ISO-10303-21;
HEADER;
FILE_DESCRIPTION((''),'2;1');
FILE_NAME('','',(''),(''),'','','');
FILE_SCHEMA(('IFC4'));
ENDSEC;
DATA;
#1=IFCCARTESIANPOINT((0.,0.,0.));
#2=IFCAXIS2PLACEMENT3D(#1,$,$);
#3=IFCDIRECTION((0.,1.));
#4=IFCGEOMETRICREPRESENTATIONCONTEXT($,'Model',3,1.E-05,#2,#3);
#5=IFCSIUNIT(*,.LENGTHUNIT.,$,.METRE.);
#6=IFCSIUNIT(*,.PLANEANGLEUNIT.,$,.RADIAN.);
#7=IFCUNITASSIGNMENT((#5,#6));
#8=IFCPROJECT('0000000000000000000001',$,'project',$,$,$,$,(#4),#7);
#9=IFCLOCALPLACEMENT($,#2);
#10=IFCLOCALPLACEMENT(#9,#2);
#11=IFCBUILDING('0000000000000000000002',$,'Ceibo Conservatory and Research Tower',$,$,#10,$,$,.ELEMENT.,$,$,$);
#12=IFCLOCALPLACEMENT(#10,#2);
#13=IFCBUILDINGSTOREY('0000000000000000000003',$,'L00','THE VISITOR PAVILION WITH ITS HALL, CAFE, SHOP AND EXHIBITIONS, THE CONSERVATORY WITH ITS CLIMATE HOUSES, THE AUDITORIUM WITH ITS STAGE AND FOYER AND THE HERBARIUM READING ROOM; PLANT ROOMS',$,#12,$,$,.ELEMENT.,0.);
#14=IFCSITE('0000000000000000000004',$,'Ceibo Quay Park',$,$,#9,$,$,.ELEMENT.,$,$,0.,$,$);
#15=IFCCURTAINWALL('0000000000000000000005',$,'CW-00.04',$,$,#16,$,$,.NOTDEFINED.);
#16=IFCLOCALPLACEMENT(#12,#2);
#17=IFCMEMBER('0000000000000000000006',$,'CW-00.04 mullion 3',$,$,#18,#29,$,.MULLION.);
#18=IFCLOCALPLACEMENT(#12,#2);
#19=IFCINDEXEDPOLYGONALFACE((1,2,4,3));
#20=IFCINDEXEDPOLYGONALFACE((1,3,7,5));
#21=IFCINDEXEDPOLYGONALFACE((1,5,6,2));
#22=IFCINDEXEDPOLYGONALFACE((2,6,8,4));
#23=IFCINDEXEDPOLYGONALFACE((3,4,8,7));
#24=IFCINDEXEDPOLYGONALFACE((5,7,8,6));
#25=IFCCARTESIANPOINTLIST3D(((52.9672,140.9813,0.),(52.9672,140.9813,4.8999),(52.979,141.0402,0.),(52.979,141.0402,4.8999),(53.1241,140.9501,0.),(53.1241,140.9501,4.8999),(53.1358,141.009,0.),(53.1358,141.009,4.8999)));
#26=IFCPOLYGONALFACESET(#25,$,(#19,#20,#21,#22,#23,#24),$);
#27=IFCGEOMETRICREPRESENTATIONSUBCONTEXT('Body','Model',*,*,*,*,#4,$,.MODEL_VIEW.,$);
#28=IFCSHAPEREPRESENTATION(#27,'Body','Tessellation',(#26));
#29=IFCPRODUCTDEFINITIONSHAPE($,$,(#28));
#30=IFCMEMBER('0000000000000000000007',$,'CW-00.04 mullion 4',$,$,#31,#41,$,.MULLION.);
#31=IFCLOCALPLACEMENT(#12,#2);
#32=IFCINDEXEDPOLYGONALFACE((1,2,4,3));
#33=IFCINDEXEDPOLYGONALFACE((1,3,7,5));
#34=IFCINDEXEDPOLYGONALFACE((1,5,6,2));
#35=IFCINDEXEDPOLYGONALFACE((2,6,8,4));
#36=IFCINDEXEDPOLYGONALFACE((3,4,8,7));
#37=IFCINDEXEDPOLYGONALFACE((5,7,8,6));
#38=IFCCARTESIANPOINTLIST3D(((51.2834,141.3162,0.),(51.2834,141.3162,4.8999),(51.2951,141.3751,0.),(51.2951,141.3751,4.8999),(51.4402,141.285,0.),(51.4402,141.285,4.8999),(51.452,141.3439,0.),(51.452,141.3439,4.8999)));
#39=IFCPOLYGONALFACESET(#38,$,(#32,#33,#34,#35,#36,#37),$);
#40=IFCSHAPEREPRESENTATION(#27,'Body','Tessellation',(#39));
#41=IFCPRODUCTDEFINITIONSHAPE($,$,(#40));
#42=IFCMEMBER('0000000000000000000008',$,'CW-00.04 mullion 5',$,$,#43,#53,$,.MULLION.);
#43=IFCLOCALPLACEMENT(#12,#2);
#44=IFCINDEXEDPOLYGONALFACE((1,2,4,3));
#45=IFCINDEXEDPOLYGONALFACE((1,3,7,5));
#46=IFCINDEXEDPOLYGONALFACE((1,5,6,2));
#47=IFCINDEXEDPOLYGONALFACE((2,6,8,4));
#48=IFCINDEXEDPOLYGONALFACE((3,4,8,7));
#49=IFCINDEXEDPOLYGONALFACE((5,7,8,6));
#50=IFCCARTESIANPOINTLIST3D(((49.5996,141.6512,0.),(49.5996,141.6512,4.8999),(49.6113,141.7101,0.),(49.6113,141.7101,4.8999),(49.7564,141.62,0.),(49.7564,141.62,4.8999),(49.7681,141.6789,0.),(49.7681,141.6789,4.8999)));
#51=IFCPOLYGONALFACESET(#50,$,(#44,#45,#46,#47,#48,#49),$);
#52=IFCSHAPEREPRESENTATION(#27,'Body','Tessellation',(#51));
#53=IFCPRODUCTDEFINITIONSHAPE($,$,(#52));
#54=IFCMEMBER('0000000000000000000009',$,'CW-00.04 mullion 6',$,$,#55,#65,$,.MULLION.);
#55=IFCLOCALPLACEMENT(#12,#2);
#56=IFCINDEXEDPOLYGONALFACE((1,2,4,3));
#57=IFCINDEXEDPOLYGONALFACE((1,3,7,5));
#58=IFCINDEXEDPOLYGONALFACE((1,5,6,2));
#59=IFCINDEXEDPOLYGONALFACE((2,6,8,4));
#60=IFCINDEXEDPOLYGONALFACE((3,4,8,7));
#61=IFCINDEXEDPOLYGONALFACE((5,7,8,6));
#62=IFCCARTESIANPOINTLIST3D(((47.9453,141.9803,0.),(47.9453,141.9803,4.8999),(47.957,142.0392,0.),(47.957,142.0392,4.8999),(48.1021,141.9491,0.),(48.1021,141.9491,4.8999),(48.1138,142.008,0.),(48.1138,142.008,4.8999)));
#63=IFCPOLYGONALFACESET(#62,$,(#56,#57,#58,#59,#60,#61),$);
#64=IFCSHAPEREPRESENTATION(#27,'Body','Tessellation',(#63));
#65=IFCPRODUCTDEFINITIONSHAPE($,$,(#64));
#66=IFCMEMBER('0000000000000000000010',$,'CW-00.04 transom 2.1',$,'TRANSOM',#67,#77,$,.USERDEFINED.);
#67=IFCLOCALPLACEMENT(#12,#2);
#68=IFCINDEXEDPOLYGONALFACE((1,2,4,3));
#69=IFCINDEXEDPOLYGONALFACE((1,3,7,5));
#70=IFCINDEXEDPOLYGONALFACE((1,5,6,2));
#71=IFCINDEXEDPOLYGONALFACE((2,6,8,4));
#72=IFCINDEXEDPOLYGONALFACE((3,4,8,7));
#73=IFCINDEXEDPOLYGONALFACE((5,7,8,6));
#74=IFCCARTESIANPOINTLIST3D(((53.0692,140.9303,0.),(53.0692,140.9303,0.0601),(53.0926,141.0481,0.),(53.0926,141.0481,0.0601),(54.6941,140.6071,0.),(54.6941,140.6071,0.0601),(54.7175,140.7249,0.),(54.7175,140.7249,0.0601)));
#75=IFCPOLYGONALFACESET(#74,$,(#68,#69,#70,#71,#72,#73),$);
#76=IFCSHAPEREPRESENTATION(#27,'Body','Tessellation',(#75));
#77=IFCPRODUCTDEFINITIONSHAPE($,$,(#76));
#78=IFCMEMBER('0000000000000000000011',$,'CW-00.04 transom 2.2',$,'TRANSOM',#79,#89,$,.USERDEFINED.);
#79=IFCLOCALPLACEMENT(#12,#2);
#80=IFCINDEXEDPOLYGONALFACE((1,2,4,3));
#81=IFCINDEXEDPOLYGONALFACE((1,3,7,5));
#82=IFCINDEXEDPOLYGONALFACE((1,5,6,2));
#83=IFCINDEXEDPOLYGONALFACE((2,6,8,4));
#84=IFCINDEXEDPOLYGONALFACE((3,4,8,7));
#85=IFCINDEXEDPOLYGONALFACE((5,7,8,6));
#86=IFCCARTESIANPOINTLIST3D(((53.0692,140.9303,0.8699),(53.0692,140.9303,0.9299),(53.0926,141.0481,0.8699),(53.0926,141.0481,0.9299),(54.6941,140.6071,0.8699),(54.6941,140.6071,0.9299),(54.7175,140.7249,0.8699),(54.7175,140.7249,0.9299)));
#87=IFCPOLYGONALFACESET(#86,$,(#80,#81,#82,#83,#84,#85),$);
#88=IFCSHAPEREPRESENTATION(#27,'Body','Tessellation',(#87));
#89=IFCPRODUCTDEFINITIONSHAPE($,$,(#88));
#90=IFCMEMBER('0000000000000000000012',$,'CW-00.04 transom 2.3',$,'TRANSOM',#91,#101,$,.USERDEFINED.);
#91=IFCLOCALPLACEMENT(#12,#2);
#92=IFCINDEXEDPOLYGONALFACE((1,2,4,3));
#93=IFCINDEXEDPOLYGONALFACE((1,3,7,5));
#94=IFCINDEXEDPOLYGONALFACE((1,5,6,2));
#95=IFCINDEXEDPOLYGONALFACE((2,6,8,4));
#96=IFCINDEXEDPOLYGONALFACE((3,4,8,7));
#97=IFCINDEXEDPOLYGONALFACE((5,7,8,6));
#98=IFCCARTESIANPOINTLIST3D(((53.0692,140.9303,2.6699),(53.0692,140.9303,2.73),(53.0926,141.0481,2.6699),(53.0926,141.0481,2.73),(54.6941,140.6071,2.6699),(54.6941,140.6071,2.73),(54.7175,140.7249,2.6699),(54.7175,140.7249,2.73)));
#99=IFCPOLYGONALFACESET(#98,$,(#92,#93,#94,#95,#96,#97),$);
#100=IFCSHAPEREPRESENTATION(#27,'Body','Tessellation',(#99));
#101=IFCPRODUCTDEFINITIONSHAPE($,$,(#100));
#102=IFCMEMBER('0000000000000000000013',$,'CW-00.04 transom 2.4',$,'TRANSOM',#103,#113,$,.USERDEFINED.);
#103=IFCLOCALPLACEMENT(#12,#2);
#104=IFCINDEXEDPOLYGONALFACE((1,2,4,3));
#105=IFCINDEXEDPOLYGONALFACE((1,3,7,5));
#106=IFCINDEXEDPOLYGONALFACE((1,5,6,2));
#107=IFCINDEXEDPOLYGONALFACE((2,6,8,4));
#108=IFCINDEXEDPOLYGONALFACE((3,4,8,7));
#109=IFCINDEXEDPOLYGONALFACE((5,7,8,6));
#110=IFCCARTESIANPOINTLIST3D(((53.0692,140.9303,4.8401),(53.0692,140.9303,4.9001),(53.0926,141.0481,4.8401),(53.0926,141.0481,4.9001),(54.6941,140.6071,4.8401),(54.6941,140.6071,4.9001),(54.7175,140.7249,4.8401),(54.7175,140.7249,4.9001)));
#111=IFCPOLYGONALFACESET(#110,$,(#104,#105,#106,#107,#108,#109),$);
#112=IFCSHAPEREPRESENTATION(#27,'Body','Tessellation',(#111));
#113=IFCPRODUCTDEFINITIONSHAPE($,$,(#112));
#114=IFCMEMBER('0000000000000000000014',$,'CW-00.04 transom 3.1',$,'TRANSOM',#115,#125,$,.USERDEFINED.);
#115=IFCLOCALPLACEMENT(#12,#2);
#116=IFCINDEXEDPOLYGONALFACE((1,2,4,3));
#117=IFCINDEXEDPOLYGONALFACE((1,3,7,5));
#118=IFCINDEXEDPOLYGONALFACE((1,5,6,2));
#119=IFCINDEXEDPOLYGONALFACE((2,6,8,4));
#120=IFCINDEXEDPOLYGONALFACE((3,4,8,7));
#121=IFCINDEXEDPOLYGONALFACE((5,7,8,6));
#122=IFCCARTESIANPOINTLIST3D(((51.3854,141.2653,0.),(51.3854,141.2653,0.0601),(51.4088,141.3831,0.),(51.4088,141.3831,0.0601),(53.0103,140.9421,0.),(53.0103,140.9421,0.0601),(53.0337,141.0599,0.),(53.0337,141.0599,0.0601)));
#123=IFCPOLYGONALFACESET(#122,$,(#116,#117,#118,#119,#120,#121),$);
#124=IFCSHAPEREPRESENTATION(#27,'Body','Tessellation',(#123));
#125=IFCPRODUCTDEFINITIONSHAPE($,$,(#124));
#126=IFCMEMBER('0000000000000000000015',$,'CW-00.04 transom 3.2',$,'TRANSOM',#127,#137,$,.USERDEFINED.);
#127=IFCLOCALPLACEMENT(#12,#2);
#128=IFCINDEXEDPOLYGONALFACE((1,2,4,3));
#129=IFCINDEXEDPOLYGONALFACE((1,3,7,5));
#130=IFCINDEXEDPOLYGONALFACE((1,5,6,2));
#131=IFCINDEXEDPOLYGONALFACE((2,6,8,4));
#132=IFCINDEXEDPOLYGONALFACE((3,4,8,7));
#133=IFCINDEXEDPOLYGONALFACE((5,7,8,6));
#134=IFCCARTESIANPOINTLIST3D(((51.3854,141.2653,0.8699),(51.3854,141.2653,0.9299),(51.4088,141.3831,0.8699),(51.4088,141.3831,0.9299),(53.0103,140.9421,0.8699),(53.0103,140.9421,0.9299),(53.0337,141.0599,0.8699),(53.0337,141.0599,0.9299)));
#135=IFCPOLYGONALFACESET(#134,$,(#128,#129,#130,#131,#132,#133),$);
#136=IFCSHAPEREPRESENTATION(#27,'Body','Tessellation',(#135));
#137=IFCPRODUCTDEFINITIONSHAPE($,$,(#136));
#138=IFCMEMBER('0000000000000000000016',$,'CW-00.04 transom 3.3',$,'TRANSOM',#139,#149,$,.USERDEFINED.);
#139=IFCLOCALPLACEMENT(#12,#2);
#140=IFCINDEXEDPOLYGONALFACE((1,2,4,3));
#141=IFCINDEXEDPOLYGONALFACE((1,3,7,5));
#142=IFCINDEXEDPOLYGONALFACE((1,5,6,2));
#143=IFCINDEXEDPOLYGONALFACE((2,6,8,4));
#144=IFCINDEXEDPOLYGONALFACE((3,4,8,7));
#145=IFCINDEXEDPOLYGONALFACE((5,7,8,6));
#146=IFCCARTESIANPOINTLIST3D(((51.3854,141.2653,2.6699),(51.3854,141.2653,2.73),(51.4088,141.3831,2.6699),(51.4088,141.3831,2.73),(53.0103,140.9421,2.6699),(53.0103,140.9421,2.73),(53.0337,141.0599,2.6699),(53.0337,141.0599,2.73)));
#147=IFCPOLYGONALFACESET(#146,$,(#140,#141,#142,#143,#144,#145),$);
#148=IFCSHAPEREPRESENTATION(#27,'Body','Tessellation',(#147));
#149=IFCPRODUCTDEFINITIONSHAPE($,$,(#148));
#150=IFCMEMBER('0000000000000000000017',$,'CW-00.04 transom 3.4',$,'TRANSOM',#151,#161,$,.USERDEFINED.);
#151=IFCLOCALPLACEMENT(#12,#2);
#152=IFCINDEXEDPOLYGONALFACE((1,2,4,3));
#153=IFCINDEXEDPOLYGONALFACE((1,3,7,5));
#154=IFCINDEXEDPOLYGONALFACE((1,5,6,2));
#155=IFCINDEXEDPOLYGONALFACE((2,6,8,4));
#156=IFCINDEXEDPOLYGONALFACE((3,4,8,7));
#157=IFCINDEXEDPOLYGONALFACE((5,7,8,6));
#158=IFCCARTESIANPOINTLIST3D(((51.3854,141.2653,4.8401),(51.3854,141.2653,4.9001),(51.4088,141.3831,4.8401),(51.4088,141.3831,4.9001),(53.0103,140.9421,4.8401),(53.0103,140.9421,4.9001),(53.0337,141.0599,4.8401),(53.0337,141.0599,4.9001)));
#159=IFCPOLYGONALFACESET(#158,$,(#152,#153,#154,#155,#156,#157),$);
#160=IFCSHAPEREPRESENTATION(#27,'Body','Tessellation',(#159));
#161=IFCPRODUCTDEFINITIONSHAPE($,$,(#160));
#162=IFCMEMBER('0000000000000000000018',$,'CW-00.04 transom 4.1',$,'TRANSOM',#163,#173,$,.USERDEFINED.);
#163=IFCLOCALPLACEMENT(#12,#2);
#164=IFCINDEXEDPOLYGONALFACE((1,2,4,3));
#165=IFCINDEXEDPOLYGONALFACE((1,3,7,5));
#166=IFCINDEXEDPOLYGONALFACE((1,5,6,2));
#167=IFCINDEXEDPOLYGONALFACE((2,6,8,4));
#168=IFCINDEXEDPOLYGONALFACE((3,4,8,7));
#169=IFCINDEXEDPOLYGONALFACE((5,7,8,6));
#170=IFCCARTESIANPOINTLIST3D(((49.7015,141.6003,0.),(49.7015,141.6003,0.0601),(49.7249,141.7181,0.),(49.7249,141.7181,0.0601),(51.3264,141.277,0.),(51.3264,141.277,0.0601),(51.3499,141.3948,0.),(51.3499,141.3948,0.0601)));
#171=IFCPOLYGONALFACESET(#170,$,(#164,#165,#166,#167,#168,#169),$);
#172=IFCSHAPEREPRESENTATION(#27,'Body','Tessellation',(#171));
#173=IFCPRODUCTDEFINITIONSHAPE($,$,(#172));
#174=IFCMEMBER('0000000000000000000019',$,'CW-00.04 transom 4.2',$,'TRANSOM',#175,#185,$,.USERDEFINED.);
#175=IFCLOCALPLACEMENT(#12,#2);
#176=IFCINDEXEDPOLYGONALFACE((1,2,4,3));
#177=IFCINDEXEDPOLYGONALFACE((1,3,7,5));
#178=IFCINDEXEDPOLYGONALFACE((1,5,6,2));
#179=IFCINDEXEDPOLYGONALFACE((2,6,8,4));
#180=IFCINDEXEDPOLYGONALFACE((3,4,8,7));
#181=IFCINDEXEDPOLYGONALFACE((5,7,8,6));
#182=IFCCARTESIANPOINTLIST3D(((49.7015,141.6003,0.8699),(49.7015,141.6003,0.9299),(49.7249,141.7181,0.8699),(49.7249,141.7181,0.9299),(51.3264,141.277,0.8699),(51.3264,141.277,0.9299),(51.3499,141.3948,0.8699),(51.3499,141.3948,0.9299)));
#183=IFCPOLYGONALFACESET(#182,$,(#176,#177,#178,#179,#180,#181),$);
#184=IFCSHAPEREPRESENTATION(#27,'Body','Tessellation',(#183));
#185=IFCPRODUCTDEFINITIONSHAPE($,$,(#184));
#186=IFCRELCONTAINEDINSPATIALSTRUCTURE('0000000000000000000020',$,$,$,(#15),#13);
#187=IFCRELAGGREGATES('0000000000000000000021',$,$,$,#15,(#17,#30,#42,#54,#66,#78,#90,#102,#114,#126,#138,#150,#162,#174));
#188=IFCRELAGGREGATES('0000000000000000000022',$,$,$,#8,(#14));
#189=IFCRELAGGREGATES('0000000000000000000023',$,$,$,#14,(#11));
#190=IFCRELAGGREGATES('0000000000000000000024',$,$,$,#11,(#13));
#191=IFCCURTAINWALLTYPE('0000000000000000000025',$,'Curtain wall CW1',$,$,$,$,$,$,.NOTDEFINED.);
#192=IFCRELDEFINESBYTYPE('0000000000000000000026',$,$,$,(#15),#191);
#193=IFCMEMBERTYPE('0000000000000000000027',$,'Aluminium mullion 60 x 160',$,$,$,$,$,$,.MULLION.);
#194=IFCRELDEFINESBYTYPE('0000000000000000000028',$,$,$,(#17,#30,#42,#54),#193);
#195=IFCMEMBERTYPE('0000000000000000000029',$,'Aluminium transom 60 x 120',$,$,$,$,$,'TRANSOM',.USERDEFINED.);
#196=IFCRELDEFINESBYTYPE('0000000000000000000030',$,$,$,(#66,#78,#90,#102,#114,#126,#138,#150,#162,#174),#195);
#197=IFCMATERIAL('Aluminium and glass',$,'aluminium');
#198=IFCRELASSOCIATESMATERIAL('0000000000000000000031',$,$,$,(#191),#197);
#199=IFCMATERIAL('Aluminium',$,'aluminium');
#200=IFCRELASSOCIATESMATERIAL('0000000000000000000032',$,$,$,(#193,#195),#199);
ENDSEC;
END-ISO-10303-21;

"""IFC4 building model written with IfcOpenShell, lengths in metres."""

from ifc_helpers import new_model, si_unit, direction, frame, origin, origin_2d, place, context, subcontext, project, spatial, rectangle, extrude, material, material_profile, profile_set, type_object, element, aggregate, save


model = new_model("IFC4")

# Units and contexts
model_context = context("Model", 3, precision=1e-05, world=origin(), true_north=direction((0.0, 1.0)))
body_context = subcontext(model_context, "Body", "Model", "MODEL_VIEW")
ifc_project = project(units=[si_unit("LENGTHUNIT", "METRE"), si_unit("PLANEANGLEUNIT", "RADIAN")], contexts=[model_context])

# Site, building, storey
site_placement = place(None, origin())
site = spatial("IfcSite", under=ifc_project, at=site_placement, Name="Ceibo Quay Park", CompositionType="ELEMENT", RefElevation=0.0)
building_placement = place(site_placement, origin())
building = spatial("IfcBuilding", under=site, at=building_placement, Name="Ceibo Conservatory and Research Tower", CompositionType="ELEMENT")
storey_placement = place(building_placement, origin())
storey = spatial("IfcBuildingStorey", under=building, at=storey_placement, Name="L00", Description="THE VISITOR PAVILION WITH ITS HALL, CAFE, SHOP AND EXHIBITIONS, THE CONSERVATORY WITH ITS CLIMATE HOUSES, THE AUDITORIUM WITH ITS STAGE AND FOYER AND THE HERBARIUM READING ROOM; PLANT ROOMS", CompositionType="ELEMENT", Elevation=0.0)

# Curtain wall, members
ifc_material_1 = material(Name="Aluminium and glass", Category="aluminium")
curtain_wall_type = type_object("IfcCurtainWallType", Name="Curtain wall CW1", PredefinedType="NOTDEFINED", material=ifc_material_1)
curtain_wall_placement = place(storey_placement, origin())
curtain_wall = element("IfcCurtainWall", 1, at=curtain_wall_placement, inside=storey, type_object=curtain_wall_type, Name="CW-00.04", PredefinedType="NOTDEFINED")
ifc_material_2 = material(Name="Aluminium", Category="aluminium")
ifc_material_profile_1 = material_profile(ifc_material_2, rectangle(XDim=0.0601, YDim=0.1599, at=origin_2d()), Name="Aluminium 60 x 160")
ifc_profile_set_1 = profile_set([ifc_material_profile_1], Name="Aluminium")
member_type_1 = type_object("IfcMemberType", Name="Aluminium mullion 60 x 160", PredefinedType="MULLION", material=ifc_profile_set_1)
member_1_placement = place(storey_placement, frame((53.0515, 140.9951, 0.0), z_axis=(0.0, 0.0, 1.0), x_axis=(-0.19509, -0.980785, 0.0)))
member_1 = element("IfcMember", 2, at=member_1_placement, type_object=member_type_1, Name="CW-00.04 mullion 3", PredefinedType="MULLION", context=body_context, shape_type="SweptSolid", body=[
    extrude(rectangle(XDim=0.0601, YDim=0.1599, at=origin_2d()), origin(), (0.0, 0.0, 1.0), 4.8999),
])
member_2_placement = place(storey_placement, frame((51.3677, 141.3301, 0.0), z_axis=(0.0, 0.0, 1.0), x_axis=(-0.19509, -0.980785, 0.0)))
member_2 = element("IfcMember", 3, at=member_2_placement, type_object=member_type_1, Name="CW-00.04 mullion 4", PredefinedType="MULLION", context=body_context, shape_type="SweptSolid", body=[
    extrude(rectangle(XDim=0.0601, YDim=0.1599, at=origin_2d()), origin(), (0.0, 0.0, 1.0), 4.8999),
])
member_3_placement = place(storey_placement, frame((49.6838, 141.665, 0.0), z_axis=(0.0, 0.0, 1.0), x_axis=(-0.19509, -0.980785, 0.0)))
member_3 = element("IfcMember", 4, at=member_3_placement, type_object=member_type_1, Name="CW-00.04 mullion 5", PredefinedType="MULLION", context=body_context, shape_type="SweptSolid", body=[
    extrude(rectangle(XDim=0.0601, YDim=0.1599, at=origin_2d()), origin(), (0.0, 0.0, 1.0), 4.8999),
])
member_4_placement = place(storey_placement, frame((48.0295, 141.9941, 0.0), z_axis=(0.0, 0.0, 1.0), x_axis=(-0.19509, -0.980785, 0.0)))
member_4 = element("IfcMember", 5, at=member_4_placement, type_object=member_type_1, Name="CW-00.04 mullion 6", PredefinedType="MULLION", context=body_context, shape_type="SweptSolid", body=[
    extrude(rectangle(XDim=0.0601, YDim=0.1599, at=origin_2d()), origin(), (0.0, 0.0, 1.0), 4.8999),
])
ifc_material_profile_2 = material_profile(ifc_material_2, rectangle(XDim=0.1201, YDim=0.0601, at=origin_2d()), Name="Aluminium 60 x 120")
ifc_profile_set_2 = profile_set([ifc_material_profile_2], Name="Aluminium")
member_type_2 = type_object("IfcMemberType", Name="Aluminium transom 60 x 120", ElementType="TRANSOM", PredefinedType="USERDEFINED", material=ifc_profile_set_2)
member_5_placement = place(storey_placement, frame((54.7058, 140.666, 0.03), z_axis=(-0.980784, 0.195096, 0.0), x_axis=(-0.195096, -0.980784, 0.0)))
member_5 = element("IfcMember", 6, at=member_5_placement, type_object=member_type_2, Name="CW-00.04 transom 2.1", ObjectType="TRANSOM", PredefinedType="USERDEFINED", context=body_context, shape_type="SweptSolid", body=[
    extrude(rectangle(XDim=0.1201, YDim=0.0601, at=origin_2d()), origin(), (0.0, 0.0, 1.0), 1.6567),
])
member_6_placement = place(storey_placement, frame((54.7058, 140.666, 0.8999), z_axis=(-0.980784, 0.195096, 0.0), x_axis=(-0.195096, -0.980784, 0.0)))
member_6 = element("IfcMember", 7, at=member_6_placement, type_object=member_type_2, Name="CW-00.04 transom 2.2", ObjectType="TRANSOM", PredefinedType="USERDEFINED", context=body_context, shape_type="SweptSolid", body=[
    extrude(rectangle(XDim=0.1201, YDim=0.0601, at=origin_2d()), origin(), (0.0, 0.0, 1.0), 1.6567),
])
member_7_placement = place(storey_placement, frame((54.7058, 140.666, 2.7), z_axis=(-0.980784, 0.195096, 0.0), x_axis=(-0.195096, -0.980784, 0.0)))
member_7 = element("IfcMember", 8, at=member_7_placement, type_object=member_type_2, Name="CW-00.04 transom 2.3", ObjectType="TRANSOM", PredefinedType="USERDEFINED", context=body_context, shape_type="SweptSolid", body=[
    extrude(rectangle(XDim=0.1201, YDim=0.0601, at=origin_2d()), origin(), (0.0, 0.0, 1.0), 1.6567),
])
member_8_placement = place(storey_placement, frame((54.7058, 140.666, 4.8701), z_axis=(-0.980784, 0.195096, 0.0), x_axis=(-0.195096, -0.980784, 0.0)))
member_8 = element("IfcMember", 9, at=member_8_placement, type_object=member_type_2, Name="CW-00.04 transom 2.4", ObjectType="TRANSOM", PredefinedType="USERDEFINED", context=body_context, shape_type="SweptSolid", body=[
    extrude(rectangle(XDim=0.1201, YDim=0.0601, at=origin_2d()), origin(), (0.0, 0.0, 1.0), 1.6567),
])
member_9_placement = place(storey_placement, frame((53.022, 141.001, 0.03), z_axis=(-0.980784, 0.195096, 0.0), x_axis=(-0.195096, -0.980784, 0.0)))
member_9 = element("IfcMember", 10, at=member_9_placement, type_object=member_type_2, Name="CW-00.04 transom 3.1", ObjectType="TRANSOM", PredefinedType="USERDEFINED", context=body_context, shape_type="SweptSolid", body=[
    extrude(rectangle(XDim=0.1201, YDim=0.0601, at=origin_2d()), origin(), (0.0, 0.0, 1.0), 1.6567),
])
member_10_placement = place(storey_placement, frame((53.022, 141.001, 0.8999), z_axis=(-0.980784, 0.195096, 0.0), x_axis=(-0.195096, -0.980784, 0.0)))
member_10 = element("IfcMember", 11, at=member_10_placement, type_object=member_type_2, Name="CW-00.04 transom 3.2", ObjectType="TRANSOM", PredefinedType="USERDEFINED", context=body_context, shape_type="SweptSolid", body=[
    extrude(rectangle(XDim=0.1201, YDim=0.0601, at=origin_2d()), origin(), (0.0, 0.0, 1.0), 1.6567),
])
member_11_placement = place(storey_placement, frame((53.022, 141.001, 2.7), z_axis=(-0.980784, 0.195096, 0.0), x_axis=(-0.195096, -0.980784, 0.0)))
member_11 = element("IfcMember", 12, at=member_11_placement, type_object=member_type_2, Name="CW-00.04 transom 3.3", ObjectType="TRANSOM", PredefinedType="USERDEFINED", context=body_context, shape_type="SweptSolid", body=[
    extrude(rectangle(XDim=0.1201, YDim=0.0601, at=origin_2d()), origin(), (0.0, 0.0, 1.0), 1.6567),
])
member_12_placement = place(storey_placement, frame((53.022, 141.001, 4.8701), z_axis=(-0.980784, 0.195096, 0.0), x_axis=(-0.195096, -0.980784, 0.0)))
member_12 = element("IfcMember", 13, at=member_12_placement, type_object=member_type_2, Name="CW-00.04 transom 3.4", ObjectType="TRANSOM", PredefinedType="USERDEFINED", context=body_context, shape_type="SweptSolid", body=[
    extrude(rectangle(XDim=0.1201, YDim=0.0601, at=origin_2d()), origin(), (0.0, 0.0, 1.0), 1.6567),
])
member_13_placement = place(storey_placement, frame((51.3381, 141.3359, 0.03), z_axis=(-0.980784, 0.195096, 0.0), x_axis=(-0.195096, -0.980784, 0.0)))
member_13 = element("IfcMember", 14, at=member_13_placement, type_object=member_type_2, Name="CW-00.04 transom 4.1", ObjectType="TRANSOM", PredefinedType="USERDEFINED", context=body_context, shape_type="SweptSolid", body=[
    extrude(rectangle(XDim=0.1201, YDim=0.0601, at=origin_2d()), origin(), (0.0, 0.0, 1.0), 1.6567),
])
member_14_placement = place(storey_placement, frame((51.3381, 141.3359, 0.8999), z_axis=(-0.980784, 0.195096, 0.0), x_axis=(-0.195096, -0.980784, 0.0)))
member_14 = element("IfcMember", 15, at=member_14_placement, type_object=member_type_2, Name="CW-00.04 transom 4.2", ObjectType="TRANSOM", PredefinedType="USERDEFINED", context=body_context, shape_type="SweptSolid", body=[
    extrude(rectangle(XDim=0.1201, YDim=0.0601, at=origin_2d()), origin(), (0.0, 0.0, 1.0), 1.6567),
])
aggregate(curtain_wall, [member_1, member_2, member_3, member_4, member_5, member_6, member_7, member_8, member_9, member_10, member_11, member_12, member_13, member_14])

save(model, "model.ifc")
